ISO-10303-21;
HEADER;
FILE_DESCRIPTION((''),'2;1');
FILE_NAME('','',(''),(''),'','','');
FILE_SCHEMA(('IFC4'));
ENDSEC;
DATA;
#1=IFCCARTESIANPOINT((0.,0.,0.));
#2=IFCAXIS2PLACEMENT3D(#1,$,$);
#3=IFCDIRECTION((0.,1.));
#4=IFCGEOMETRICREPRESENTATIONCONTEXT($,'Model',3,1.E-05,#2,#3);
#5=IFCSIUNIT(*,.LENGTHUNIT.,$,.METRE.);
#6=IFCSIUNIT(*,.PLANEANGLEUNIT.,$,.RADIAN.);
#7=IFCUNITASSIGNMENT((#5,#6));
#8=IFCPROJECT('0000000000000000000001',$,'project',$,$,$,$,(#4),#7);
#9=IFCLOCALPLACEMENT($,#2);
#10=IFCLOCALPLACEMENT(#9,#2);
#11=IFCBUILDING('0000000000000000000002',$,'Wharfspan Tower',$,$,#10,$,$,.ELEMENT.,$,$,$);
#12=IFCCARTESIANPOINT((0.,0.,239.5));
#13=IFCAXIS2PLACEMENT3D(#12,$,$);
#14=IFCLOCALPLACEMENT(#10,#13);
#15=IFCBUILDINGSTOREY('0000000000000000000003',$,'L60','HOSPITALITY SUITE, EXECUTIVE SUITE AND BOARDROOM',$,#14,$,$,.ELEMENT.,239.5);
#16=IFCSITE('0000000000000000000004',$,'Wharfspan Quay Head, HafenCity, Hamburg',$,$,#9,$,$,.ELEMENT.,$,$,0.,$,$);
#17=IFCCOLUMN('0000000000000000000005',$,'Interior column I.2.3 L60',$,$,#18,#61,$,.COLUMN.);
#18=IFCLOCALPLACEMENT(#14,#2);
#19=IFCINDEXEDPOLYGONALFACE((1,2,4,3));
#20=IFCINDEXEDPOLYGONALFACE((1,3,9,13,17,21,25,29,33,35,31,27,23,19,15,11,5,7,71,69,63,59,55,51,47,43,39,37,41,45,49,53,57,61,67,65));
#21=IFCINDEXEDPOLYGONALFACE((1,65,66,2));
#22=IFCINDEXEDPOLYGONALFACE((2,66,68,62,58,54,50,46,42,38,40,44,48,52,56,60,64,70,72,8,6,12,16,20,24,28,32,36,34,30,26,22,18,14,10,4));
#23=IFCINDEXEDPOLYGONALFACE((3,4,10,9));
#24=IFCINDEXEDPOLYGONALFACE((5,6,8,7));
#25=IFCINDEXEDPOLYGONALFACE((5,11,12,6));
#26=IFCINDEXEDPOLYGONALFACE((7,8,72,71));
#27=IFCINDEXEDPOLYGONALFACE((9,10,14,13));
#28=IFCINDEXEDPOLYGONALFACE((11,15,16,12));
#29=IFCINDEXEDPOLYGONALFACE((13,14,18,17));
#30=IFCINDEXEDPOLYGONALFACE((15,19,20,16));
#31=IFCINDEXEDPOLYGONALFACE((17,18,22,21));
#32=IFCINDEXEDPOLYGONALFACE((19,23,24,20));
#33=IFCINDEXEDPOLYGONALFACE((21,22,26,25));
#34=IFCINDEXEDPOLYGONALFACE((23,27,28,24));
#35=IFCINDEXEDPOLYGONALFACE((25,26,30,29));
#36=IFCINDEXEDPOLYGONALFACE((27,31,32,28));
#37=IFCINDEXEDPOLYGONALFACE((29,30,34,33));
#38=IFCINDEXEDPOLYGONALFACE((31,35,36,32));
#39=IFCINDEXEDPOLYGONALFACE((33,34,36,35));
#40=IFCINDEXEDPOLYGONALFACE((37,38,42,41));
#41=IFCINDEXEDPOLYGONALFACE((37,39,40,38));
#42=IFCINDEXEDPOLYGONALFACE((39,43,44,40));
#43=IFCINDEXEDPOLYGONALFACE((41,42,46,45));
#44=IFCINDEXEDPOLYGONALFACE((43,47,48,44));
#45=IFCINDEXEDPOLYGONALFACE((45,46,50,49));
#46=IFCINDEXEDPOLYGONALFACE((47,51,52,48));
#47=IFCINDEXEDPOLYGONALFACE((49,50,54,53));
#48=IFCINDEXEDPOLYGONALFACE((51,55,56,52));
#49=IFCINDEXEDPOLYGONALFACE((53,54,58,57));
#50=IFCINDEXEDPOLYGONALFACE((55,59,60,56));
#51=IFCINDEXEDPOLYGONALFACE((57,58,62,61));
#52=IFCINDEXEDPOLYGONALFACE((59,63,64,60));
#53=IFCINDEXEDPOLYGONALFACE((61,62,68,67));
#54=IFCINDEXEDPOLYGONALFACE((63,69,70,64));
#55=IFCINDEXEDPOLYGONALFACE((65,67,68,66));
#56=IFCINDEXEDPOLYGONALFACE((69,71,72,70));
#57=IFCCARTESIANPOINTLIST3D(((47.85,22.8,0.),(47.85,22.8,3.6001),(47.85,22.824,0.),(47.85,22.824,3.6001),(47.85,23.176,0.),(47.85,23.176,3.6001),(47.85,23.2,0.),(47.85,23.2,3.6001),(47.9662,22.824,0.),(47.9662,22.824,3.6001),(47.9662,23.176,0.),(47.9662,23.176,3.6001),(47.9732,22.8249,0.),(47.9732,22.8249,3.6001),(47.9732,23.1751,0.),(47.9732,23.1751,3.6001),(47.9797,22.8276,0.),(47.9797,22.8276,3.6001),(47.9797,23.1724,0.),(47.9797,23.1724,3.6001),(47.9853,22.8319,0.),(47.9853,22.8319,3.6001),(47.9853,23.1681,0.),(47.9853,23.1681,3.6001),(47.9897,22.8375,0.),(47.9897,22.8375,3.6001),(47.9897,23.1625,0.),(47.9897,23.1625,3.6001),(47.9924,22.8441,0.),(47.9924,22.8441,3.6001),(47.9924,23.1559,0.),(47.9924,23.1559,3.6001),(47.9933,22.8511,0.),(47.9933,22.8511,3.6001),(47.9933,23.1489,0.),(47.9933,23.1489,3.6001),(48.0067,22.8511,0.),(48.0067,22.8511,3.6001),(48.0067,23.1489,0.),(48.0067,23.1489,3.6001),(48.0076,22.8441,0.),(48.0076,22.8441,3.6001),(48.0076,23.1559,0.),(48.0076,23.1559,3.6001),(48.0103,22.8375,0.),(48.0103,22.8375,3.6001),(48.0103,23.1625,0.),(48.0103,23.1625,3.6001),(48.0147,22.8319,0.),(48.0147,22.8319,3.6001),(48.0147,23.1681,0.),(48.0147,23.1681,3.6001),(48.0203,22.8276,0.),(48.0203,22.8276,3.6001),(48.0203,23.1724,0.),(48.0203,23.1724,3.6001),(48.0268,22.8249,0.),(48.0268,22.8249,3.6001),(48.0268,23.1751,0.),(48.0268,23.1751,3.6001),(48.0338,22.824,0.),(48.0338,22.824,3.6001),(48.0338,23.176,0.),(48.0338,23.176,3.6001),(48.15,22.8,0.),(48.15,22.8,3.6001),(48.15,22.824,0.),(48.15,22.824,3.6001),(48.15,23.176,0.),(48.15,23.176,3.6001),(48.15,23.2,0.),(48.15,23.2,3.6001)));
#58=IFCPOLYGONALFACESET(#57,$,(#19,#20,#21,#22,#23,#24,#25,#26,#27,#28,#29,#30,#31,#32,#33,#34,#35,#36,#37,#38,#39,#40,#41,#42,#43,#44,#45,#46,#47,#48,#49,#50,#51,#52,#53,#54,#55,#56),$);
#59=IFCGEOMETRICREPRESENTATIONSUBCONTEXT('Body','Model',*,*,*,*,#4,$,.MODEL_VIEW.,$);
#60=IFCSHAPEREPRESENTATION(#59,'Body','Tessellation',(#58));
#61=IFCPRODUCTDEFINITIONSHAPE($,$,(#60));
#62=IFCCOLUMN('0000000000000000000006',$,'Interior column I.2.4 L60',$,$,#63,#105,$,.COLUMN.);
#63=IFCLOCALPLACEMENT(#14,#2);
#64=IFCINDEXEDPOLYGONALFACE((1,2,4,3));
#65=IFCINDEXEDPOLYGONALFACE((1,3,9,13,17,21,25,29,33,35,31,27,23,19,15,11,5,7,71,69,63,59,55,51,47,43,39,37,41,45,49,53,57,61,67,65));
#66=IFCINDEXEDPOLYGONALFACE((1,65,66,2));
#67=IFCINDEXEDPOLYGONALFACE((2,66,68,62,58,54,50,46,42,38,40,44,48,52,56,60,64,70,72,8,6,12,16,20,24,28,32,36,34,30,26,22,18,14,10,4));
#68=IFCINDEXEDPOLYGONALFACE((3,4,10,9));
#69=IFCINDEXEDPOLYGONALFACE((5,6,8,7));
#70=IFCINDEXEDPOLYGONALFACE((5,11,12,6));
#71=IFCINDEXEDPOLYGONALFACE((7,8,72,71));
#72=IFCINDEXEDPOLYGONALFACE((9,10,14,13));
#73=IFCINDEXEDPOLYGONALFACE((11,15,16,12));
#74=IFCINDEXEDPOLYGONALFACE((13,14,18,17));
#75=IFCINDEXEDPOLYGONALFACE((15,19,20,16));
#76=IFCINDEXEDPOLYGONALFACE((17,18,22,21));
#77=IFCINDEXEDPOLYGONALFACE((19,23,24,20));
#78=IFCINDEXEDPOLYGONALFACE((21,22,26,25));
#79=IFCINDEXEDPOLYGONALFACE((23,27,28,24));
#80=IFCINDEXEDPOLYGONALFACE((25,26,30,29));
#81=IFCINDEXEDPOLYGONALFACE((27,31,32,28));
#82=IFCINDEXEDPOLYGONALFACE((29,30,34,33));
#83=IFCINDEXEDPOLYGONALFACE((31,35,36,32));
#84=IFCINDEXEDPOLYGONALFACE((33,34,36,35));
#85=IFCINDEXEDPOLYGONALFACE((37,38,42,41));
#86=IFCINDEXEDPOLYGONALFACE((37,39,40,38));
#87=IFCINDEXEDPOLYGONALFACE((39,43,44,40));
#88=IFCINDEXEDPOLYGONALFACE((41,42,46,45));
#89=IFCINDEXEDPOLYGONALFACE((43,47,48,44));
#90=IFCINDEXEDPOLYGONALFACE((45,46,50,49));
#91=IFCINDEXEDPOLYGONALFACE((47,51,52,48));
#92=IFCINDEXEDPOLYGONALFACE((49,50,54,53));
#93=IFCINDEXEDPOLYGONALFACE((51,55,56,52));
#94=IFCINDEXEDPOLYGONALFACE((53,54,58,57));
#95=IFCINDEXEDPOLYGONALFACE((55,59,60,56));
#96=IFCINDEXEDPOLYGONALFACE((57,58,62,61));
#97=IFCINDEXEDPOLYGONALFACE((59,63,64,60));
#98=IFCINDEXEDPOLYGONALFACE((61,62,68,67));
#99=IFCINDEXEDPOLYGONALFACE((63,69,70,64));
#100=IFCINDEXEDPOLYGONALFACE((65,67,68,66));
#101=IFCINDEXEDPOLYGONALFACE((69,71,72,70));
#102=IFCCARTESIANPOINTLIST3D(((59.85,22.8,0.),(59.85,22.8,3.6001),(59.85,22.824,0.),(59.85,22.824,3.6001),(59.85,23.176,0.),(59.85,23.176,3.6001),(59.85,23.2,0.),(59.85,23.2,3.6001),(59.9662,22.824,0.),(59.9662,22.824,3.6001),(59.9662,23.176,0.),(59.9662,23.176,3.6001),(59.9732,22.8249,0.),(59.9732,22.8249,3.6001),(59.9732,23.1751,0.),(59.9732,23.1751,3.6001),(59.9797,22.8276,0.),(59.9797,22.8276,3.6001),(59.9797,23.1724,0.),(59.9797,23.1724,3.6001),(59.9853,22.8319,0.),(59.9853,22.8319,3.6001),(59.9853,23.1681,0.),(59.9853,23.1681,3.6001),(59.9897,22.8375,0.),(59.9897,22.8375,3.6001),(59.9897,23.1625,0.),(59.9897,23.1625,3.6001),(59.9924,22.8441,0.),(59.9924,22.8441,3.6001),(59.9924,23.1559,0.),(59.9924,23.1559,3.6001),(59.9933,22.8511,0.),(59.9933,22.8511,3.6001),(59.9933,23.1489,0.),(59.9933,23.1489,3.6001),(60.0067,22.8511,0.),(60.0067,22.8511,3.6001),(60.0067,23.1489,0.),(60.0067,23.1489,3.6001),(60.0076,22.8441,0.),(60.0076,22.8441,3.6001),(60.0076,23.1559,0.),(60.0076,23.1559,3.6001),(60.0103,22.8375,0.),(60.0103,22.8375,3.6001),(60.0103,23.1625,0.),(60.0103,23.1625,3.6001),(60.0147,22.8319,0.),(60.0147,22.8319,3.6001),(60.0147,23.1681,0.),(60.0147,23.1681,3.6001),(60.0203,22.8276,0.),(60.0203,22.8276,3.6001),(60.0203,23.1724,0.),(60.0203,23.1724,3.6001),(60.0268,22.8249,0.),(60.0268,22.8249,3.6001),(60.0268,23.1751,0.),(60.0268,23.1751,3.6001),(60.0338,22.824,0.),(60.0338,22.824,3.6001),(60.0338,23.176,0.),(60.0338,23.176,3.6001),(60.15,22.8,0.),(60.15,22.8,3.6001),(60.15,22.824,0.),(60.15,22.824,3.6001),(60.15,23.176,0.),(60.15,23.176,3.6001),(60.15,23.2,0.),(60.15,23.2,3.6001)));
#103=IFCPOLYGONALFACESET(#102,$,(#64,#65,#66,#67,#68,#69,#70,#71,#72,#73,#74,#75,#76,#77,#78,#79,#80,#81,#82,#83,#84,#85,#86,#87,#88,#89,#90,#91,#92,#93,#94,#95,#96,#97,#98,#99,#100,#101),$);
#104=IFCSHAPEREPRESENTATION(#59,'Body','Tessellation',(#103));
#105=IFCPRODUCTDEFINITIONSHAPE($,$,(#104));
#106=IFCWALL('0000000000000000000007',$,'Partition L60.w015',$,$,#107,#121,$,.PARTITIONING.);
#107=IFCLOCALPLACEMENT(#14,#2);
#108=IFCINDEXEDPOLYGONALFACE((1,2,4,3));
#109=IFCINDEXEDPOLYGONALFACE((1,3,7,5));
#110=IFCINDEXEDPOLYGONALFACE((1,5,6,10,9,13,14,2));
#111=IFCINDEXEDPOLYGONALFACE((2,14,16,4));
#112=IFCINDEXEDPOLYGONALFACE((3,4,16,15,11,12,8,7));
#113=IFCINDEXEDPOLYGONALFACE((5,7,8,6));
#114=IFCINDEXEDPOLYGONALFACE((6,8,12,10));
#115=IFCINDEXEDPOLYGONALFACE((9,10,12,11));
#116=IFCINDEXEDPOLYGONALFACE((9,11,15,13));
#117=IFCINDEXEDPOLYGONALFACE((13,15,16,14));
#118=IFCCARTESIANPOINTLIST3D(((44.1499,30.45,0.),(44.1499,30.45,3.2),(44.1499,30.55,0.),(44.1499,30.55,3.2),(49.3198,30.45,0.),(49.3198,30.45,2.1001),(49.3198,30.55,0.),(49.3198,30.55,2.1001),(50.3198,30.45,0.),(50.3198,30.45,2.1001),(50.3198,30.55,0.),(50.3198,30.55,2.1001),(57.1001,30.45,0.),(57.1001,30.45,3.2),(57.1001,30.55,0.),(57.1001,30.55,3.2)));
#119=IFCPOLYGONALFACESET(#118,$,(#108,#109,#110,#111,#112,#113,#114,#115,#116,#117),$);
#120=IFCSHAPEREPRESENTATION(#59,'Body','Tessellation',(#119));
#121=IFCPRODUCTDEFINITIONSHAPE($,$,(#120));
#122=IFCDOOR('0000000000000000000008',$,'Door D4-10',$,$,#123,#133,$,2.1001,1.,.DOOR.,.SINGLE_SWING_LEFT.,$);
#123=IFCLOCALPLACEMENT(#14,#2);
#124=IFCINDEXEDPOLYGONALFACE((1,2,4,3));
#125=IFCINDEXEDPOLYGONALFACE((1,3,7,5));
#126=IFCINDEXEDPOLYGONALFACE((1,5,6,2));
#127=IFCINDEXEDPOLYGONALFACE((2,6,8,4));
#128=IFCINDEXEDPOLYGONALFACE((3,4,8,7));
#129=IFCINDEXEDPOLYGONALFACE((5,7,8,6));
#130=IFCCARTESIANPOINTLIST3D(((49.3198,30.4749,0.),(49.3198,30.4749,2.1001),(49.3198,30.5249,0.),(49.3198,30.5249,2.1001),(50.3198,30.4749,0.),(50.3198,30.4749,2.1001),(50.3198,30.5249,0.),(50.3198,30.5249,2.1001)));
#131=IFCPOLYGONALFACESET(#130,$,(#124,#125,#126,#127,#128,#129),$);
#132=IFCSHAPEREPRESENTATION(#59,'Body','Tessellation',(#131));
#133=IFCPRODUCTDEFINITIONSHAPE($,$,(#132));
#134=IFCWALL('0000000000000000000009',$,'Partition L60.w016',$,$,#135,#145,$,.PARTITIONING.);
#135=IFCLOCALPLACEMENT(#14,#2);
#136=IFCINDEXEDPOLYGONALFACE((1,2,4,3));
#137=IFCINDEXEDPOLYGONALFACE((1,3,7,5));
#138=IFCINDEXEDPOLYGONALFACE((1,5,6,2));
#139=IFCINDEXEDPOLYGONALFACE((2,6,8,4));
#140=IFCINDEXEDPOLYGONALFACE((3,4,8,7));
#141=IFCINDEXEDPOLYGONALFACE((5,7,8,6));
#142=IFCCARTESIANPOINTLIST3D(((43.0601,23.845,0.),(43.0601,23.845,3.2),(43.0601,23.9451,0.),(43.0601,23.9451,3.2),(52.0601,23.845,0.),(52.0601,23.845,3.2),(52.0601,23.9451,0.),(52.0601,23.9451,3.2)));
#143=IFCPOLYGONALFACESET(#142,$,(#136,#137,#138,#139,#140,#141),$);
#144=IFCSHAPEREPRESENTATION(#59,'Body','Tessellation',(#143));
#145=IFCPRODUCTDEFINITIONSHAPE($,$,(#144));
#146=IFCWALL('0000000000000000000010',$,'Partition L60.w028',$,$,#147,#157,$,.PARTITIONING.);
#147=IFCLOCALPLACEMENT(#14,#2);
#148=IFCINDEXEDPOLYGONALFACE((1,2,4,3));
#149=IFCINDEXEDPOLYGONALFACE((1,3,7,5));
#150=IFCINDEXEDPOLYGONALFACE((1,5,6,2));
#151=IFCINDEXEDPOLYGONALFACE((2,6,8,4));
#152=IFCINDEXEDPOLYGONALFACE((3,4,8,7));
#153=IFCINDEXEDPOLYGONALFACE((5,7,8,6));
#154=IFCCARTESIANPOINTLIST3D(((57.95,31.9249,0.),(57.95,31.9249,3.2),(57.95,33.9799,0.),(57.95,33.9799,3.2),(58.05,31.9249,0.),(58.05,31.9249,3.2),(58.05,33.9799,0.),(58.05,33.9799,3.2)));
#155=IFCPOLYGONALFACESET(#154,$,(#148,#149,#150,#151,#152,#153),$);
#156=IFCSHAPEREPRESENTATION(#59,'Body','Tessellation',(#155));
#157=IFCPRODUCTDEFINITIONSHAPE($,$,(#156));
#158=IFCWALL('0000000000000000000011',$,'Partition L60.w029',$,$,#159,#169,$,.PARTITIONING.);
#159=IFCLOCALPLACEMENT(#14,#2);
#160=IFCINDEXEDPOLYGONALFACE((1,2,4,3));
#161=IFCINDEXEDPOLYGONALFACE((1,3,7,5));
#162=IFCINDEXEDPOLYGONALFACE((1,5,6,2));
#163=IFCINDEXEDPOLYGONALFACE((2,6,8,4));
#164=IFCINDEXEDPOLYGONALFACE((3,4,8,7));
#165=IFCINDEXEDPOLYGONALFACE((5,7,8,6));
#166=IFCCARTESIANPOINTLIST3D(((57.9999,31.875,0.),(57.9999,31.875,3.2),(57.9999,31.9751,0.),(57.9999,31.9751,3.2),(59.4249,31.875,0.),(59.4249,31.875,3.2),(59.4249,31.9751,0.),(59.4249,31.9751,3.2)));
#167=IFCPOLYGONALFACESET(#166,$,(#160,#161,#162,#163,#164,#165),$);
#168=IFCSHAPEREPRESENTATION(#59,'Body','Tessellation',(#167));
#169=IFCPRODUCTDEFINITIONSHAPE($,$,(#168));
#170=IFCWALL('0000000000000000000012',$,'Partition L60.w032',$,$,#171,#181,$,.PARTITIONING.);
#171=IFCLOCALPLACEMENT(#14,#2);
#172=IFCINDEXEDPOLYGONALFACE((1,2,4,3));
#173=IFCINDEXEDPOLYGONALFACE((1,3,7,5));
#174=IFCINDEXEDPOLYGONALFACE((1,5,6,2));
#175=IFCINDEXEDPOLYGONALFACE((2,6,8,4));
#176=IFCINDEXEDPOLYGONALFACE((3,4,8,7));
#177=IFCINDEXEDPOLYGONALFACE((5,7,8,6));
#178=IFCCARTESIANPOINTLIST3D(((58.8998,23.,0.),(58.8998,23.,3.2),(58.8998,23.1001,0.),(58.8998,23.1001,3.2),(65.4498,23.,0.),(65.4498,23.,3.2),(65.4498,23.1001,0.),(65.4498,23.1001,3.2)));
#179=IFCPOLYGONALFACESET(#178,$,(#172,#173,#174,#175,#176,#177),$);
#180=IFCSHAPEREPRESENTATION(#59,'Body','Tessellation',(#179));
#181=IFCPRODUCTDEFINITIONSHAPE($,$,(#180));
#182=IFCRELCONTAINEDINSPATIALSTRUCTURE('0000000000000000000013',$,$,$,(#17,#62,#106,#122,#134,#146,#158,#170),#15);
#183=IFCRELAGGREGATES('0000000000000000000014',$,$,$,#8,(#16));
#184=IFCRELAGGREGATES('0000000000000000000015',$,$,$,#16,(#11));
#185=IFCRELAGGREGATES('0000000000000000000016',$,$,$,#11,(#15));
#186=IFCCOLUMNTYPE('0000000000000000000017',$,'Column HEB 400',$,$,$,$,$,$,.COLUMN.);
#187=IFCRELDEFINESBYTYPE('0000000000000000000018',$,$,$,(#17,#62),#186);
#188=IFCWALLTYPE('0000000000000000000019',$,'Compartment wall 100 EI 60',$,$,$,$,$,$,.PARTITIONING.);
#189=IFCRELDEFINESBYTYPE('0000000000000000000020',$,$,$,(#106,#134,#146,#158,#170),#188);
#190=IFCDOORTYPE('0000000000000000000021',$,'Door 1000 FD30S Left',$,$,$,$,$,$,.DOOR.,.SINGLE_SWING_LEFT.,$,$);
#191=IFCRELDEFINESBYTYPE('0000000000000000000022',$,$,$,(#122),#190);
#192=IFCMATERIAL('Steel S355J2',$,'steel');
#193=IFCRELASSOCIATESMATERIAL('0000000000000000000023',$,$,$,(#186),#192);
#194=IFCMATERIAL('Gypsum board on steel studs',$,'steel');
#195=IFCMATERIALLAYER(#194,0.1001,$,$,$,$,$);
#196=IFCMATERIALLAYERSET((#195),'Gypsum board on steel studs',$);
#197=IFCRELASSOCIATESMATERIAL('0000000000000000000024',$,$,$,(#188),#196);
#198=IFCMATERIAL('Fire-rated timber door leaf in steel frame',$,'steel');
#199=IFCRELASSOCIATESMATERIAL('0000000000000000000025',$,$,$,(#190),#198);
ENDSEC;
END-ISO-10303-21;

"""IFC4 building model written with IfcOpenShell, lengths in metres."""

from ifc_helpers import new_model, si_unit, direction, frame, frame_2d, origin, origin_2d, place, context, subcontext, project, spatial, rectangle, i_section, extrude, material, layer, layer_set, material_profile, profile_set, type_object, element, fill, save


model = new_model("IFC4")

# Units and contexts
model_context = context("Model", 3, precision=1e-05, world=origin(), true_north=direction((0.0, 1.0)))
body_context = subcontext(model_context, "Body", "Model", "MODEL_VIEW")
ifc_project = project(units=[si_unit("LENGTHUNIT", "METRE"), si_unit("PLANEANGLEUNIT", "RADIAN")], contexts=[model_context])

# Site, building, storey
site_placement = place(None, origin())
site = spatial("IfcSite", under=ifc_project, at=site_placement, Name="Wharfspan Quay Head, HafenCity, Hamburg", CompositionType="ELEMENT", RefElevation=0.0)
building_placement = place(site_placement, origin())
building = spatial("IfcBuilding", under=site, at=building_placement, Name="Wharfspan Tower", CompositionType="ELEMENT")
storey_placement = place(building_placement, frame((0.0, 0.0, 239.5)))
storey = spatial("IfcBuildingStorey", under=building, at=storey_placement, Name="L60", Description="HOSPITALITY SUITE, EXECUTIVE SUITE AND BOARDROOM", CompositionType="ELEMENT", Elevation=239.5)

# Columns
ifc_material_1 = material(Name="Steel S355J2", Category="steel")
ifc_material_profile = material_profile(ifc_material_1, i_section(OverallWidth=0.3, OverallDepth=0.3999, WebThickness=0.0134, FlangeThickness=0.0239, FilletRadius=0.0271, at=origin_2d()))
ifc_profile_set = profile_set([ifc_material_profile], Name="Steel S355J2")
column_type = type_object("IfcColumnType", Name="Column HEB 400", PredefinedType="COLUMN", material=ifc_profile_set)
for number, where, z_axis, x_axis, name in (
    (1, (48.0, 23.0, 0.0), (0.0, 0.0, 1.0), (1.0, 0.0, 0.0), "Interior column I.2.3 L60"),
    (2, (60.0, 23.0, 0.0), (0.0, 0.0, 1.0), (1.0, 0.0, 0.0), "Interior column I.2.4 L60"),
):
    element("IfcColumn", number, at=place(storey_placement, frame(where, z_axis=z_axis, x_axis=x_axis)), inside=storey, type_object=column_type, Name=name, PredefinedType="COLUMN", context=body_context, shape_type="SweptSolid", body=[
        extrude(i_section(OverallWidth=0.3, OverallDepth=0.3999, WebThickness=0.0134, FlangeThickness=0.0239, FilletRadius=0.0271, at=origin_2d()), origin(), (0.0, 0.0, 1.0), 3.6001),
    ])

# Wall, opening, door
ifc_material_2 = material(Name="Gypsum board on steel studs", Category="steel")
ifc_layer_1 = layer(ifc_material_2, 0.1001)
ifc_layer_set_1 = layer_set([ifc_layer_1], Name="Gypsum board on steel studs")
wall_type_1 = type_object("IfcWallType", Name="Compartment wall 100 EI 60", PredefinedType="PARTITIONING", material=ifc_layer_set_1)
wall_1_placement = place(storey_placement, frame((44.1499, 30.5, 0.0), z_axis=(0.0, 0.0, 1.0), x_axis=(1.0, 0.0, 0.0)))
wall_1 = element("IfcWall", 3, at=wall_1_placement, inside=storey, type_object=wall_type_1, Name="Partition L60.w015", PredefinedType="PARTITIONING", context=body_context, shape_type="SweptSolid", body=[
    extrude(rectangle(XDim=12.9502, YDim=0.1001, at=frame_2d((6.4751, 0.0))), origin(), (0.0, 0.0, 1.0), 3.2),
])
opening_1_placement = place(wall_1_placement, frame((5.1699, 0.0, 0.0)))
opening_1 = element("IfcOpeningElement", 4, at=opening_1_placement, cuts=wall_1, PredefinedType="OPENING", context=body_context, shape_type="SweptSolid", body=[
    extrude(rectangle(XDim=1.0, YDim=2.1001, at=frame_2d((0.5, 1.05))), frame((0.0, 0.0601, 0.0), z_axis=(0.0, -1.0, 0.0), x_axis=(1.0, 0.0, 0.0)), (0.0, 0.0, 1.0), 0.1201),
])
ifc_material_3 = material(Name="Fire-rated timber door leaf in steel frame", Category="steel")
door_type_1 = type_object("IfcDoorType", Name="Door 1000 FD30S Left", OperationType="SINGLE_SWING_LEFT", PredefinedType="DOOR", material=ifc_material_3)
door_1_placement = place(opening_1_placement, origin())
door_1 = element("IfcDoor", 5, at=door_1_placement, inside=storey, type_object=door_type_1, Name="Door D4-10", OperationType="SINGLE_SWING_LEFT", OverallHeight=2.1001, OverallWidth=1.0, PredefinedType="DOOR", context=body_context, shape_type="SweptSolid", body=[
    extrude(rectangle(XDim=1.0, YDim=2.1001, at=frame_2d((0.5, 1.05))), frame((0.0, 0.0249, 0.0), z_axis=(0.0, -1.0, 0.0), x_axis=(1.0, 0.0, 0.0)), (0.0, 0.0, 1.0), 0.05),
])
fill(opening_1, door_1)

# Walls
wall_2_placement = place(storey_placement, frame((43.0601, 23.895, 0.0), z_axis=(0.0, 0.0, 1.0), x_axis=(1.0, 0.0, 0.0)))
element("IfcWall", 6, at=wall_2_placement, inside=storey, type_object=wall_type_1, Name="Partition L60.w016", PredefinedType="PARTITIONING", context=body_context, shape_type="SweptSolid", body=[
    extrude(rectangle(XDim=9.0, YDim=0.1001, at=frame_2d((4.5, 0.0))), origin(), (0.0, 0.0, 1.0), 3.2),
])
wall_3_placement = place(storey_placement, frame((58.0, 31.925, 0.0), z_axis=(0.0, 0.0, 1.0), x_axis=(0.0, 1.0, 0.0)))
element("IfcWall", 7, at=wall_3_placement, inside=storey, type_object=wall_type_1, Name="Partition L60.w028", PredefinedType="PARTITIONING", context=body_context, shape_type="SweptSolid", body=[
    extrude(rectangle(XDim=2.0549, YDim=0.1001, at=frame_2d((1.0273, 0.0))), origin(), (0.0, 0.0, 1.0), 3.2),
])
wall_4_placement = place(storey_placement, frame((58.0, 31.925, 0.0), z_axis=(0.0, 0.0, 1.0), x_axis=(1.0, 0.0, 0.0)))
element("IfcWall", 8, at=wall_4_placement, inside=storey, type_object=wall_type_1, Name="Partition L60.w029", PredefinedType="PARTITIONING", context=body_context, shape_type="SweptSolid", body=[
    extrude(rectangle(XDim=1.425, YDim=0.1001, at=frame_2d((0.7124, 0.0))), origin(), (0.0, 0.0, 1.0), 3.2),
])
wall_5_placement = place(storey_placement, frame((58.8999, 23.05, 0.0), z_axis=(0.0, 0.0, 1.0), x_axis=(1.0, 0.0, 0.0)))
element("IfcWall", 9, at=wall_5_placement, inside=storey, type_object=wall_type_1, Name="Partition L60.w032", PredefinedType="PARTITIONING", context=body_context, shape_type="SweptSolid", body=[
    extrude(rectangle(XDim=6.55, YDim=0.1001, at=frame_2d((3.2749, 0.0))), origin(), (0.0, 0.0, 1.0), 3.2),
])

save(model, "model.ifc")
